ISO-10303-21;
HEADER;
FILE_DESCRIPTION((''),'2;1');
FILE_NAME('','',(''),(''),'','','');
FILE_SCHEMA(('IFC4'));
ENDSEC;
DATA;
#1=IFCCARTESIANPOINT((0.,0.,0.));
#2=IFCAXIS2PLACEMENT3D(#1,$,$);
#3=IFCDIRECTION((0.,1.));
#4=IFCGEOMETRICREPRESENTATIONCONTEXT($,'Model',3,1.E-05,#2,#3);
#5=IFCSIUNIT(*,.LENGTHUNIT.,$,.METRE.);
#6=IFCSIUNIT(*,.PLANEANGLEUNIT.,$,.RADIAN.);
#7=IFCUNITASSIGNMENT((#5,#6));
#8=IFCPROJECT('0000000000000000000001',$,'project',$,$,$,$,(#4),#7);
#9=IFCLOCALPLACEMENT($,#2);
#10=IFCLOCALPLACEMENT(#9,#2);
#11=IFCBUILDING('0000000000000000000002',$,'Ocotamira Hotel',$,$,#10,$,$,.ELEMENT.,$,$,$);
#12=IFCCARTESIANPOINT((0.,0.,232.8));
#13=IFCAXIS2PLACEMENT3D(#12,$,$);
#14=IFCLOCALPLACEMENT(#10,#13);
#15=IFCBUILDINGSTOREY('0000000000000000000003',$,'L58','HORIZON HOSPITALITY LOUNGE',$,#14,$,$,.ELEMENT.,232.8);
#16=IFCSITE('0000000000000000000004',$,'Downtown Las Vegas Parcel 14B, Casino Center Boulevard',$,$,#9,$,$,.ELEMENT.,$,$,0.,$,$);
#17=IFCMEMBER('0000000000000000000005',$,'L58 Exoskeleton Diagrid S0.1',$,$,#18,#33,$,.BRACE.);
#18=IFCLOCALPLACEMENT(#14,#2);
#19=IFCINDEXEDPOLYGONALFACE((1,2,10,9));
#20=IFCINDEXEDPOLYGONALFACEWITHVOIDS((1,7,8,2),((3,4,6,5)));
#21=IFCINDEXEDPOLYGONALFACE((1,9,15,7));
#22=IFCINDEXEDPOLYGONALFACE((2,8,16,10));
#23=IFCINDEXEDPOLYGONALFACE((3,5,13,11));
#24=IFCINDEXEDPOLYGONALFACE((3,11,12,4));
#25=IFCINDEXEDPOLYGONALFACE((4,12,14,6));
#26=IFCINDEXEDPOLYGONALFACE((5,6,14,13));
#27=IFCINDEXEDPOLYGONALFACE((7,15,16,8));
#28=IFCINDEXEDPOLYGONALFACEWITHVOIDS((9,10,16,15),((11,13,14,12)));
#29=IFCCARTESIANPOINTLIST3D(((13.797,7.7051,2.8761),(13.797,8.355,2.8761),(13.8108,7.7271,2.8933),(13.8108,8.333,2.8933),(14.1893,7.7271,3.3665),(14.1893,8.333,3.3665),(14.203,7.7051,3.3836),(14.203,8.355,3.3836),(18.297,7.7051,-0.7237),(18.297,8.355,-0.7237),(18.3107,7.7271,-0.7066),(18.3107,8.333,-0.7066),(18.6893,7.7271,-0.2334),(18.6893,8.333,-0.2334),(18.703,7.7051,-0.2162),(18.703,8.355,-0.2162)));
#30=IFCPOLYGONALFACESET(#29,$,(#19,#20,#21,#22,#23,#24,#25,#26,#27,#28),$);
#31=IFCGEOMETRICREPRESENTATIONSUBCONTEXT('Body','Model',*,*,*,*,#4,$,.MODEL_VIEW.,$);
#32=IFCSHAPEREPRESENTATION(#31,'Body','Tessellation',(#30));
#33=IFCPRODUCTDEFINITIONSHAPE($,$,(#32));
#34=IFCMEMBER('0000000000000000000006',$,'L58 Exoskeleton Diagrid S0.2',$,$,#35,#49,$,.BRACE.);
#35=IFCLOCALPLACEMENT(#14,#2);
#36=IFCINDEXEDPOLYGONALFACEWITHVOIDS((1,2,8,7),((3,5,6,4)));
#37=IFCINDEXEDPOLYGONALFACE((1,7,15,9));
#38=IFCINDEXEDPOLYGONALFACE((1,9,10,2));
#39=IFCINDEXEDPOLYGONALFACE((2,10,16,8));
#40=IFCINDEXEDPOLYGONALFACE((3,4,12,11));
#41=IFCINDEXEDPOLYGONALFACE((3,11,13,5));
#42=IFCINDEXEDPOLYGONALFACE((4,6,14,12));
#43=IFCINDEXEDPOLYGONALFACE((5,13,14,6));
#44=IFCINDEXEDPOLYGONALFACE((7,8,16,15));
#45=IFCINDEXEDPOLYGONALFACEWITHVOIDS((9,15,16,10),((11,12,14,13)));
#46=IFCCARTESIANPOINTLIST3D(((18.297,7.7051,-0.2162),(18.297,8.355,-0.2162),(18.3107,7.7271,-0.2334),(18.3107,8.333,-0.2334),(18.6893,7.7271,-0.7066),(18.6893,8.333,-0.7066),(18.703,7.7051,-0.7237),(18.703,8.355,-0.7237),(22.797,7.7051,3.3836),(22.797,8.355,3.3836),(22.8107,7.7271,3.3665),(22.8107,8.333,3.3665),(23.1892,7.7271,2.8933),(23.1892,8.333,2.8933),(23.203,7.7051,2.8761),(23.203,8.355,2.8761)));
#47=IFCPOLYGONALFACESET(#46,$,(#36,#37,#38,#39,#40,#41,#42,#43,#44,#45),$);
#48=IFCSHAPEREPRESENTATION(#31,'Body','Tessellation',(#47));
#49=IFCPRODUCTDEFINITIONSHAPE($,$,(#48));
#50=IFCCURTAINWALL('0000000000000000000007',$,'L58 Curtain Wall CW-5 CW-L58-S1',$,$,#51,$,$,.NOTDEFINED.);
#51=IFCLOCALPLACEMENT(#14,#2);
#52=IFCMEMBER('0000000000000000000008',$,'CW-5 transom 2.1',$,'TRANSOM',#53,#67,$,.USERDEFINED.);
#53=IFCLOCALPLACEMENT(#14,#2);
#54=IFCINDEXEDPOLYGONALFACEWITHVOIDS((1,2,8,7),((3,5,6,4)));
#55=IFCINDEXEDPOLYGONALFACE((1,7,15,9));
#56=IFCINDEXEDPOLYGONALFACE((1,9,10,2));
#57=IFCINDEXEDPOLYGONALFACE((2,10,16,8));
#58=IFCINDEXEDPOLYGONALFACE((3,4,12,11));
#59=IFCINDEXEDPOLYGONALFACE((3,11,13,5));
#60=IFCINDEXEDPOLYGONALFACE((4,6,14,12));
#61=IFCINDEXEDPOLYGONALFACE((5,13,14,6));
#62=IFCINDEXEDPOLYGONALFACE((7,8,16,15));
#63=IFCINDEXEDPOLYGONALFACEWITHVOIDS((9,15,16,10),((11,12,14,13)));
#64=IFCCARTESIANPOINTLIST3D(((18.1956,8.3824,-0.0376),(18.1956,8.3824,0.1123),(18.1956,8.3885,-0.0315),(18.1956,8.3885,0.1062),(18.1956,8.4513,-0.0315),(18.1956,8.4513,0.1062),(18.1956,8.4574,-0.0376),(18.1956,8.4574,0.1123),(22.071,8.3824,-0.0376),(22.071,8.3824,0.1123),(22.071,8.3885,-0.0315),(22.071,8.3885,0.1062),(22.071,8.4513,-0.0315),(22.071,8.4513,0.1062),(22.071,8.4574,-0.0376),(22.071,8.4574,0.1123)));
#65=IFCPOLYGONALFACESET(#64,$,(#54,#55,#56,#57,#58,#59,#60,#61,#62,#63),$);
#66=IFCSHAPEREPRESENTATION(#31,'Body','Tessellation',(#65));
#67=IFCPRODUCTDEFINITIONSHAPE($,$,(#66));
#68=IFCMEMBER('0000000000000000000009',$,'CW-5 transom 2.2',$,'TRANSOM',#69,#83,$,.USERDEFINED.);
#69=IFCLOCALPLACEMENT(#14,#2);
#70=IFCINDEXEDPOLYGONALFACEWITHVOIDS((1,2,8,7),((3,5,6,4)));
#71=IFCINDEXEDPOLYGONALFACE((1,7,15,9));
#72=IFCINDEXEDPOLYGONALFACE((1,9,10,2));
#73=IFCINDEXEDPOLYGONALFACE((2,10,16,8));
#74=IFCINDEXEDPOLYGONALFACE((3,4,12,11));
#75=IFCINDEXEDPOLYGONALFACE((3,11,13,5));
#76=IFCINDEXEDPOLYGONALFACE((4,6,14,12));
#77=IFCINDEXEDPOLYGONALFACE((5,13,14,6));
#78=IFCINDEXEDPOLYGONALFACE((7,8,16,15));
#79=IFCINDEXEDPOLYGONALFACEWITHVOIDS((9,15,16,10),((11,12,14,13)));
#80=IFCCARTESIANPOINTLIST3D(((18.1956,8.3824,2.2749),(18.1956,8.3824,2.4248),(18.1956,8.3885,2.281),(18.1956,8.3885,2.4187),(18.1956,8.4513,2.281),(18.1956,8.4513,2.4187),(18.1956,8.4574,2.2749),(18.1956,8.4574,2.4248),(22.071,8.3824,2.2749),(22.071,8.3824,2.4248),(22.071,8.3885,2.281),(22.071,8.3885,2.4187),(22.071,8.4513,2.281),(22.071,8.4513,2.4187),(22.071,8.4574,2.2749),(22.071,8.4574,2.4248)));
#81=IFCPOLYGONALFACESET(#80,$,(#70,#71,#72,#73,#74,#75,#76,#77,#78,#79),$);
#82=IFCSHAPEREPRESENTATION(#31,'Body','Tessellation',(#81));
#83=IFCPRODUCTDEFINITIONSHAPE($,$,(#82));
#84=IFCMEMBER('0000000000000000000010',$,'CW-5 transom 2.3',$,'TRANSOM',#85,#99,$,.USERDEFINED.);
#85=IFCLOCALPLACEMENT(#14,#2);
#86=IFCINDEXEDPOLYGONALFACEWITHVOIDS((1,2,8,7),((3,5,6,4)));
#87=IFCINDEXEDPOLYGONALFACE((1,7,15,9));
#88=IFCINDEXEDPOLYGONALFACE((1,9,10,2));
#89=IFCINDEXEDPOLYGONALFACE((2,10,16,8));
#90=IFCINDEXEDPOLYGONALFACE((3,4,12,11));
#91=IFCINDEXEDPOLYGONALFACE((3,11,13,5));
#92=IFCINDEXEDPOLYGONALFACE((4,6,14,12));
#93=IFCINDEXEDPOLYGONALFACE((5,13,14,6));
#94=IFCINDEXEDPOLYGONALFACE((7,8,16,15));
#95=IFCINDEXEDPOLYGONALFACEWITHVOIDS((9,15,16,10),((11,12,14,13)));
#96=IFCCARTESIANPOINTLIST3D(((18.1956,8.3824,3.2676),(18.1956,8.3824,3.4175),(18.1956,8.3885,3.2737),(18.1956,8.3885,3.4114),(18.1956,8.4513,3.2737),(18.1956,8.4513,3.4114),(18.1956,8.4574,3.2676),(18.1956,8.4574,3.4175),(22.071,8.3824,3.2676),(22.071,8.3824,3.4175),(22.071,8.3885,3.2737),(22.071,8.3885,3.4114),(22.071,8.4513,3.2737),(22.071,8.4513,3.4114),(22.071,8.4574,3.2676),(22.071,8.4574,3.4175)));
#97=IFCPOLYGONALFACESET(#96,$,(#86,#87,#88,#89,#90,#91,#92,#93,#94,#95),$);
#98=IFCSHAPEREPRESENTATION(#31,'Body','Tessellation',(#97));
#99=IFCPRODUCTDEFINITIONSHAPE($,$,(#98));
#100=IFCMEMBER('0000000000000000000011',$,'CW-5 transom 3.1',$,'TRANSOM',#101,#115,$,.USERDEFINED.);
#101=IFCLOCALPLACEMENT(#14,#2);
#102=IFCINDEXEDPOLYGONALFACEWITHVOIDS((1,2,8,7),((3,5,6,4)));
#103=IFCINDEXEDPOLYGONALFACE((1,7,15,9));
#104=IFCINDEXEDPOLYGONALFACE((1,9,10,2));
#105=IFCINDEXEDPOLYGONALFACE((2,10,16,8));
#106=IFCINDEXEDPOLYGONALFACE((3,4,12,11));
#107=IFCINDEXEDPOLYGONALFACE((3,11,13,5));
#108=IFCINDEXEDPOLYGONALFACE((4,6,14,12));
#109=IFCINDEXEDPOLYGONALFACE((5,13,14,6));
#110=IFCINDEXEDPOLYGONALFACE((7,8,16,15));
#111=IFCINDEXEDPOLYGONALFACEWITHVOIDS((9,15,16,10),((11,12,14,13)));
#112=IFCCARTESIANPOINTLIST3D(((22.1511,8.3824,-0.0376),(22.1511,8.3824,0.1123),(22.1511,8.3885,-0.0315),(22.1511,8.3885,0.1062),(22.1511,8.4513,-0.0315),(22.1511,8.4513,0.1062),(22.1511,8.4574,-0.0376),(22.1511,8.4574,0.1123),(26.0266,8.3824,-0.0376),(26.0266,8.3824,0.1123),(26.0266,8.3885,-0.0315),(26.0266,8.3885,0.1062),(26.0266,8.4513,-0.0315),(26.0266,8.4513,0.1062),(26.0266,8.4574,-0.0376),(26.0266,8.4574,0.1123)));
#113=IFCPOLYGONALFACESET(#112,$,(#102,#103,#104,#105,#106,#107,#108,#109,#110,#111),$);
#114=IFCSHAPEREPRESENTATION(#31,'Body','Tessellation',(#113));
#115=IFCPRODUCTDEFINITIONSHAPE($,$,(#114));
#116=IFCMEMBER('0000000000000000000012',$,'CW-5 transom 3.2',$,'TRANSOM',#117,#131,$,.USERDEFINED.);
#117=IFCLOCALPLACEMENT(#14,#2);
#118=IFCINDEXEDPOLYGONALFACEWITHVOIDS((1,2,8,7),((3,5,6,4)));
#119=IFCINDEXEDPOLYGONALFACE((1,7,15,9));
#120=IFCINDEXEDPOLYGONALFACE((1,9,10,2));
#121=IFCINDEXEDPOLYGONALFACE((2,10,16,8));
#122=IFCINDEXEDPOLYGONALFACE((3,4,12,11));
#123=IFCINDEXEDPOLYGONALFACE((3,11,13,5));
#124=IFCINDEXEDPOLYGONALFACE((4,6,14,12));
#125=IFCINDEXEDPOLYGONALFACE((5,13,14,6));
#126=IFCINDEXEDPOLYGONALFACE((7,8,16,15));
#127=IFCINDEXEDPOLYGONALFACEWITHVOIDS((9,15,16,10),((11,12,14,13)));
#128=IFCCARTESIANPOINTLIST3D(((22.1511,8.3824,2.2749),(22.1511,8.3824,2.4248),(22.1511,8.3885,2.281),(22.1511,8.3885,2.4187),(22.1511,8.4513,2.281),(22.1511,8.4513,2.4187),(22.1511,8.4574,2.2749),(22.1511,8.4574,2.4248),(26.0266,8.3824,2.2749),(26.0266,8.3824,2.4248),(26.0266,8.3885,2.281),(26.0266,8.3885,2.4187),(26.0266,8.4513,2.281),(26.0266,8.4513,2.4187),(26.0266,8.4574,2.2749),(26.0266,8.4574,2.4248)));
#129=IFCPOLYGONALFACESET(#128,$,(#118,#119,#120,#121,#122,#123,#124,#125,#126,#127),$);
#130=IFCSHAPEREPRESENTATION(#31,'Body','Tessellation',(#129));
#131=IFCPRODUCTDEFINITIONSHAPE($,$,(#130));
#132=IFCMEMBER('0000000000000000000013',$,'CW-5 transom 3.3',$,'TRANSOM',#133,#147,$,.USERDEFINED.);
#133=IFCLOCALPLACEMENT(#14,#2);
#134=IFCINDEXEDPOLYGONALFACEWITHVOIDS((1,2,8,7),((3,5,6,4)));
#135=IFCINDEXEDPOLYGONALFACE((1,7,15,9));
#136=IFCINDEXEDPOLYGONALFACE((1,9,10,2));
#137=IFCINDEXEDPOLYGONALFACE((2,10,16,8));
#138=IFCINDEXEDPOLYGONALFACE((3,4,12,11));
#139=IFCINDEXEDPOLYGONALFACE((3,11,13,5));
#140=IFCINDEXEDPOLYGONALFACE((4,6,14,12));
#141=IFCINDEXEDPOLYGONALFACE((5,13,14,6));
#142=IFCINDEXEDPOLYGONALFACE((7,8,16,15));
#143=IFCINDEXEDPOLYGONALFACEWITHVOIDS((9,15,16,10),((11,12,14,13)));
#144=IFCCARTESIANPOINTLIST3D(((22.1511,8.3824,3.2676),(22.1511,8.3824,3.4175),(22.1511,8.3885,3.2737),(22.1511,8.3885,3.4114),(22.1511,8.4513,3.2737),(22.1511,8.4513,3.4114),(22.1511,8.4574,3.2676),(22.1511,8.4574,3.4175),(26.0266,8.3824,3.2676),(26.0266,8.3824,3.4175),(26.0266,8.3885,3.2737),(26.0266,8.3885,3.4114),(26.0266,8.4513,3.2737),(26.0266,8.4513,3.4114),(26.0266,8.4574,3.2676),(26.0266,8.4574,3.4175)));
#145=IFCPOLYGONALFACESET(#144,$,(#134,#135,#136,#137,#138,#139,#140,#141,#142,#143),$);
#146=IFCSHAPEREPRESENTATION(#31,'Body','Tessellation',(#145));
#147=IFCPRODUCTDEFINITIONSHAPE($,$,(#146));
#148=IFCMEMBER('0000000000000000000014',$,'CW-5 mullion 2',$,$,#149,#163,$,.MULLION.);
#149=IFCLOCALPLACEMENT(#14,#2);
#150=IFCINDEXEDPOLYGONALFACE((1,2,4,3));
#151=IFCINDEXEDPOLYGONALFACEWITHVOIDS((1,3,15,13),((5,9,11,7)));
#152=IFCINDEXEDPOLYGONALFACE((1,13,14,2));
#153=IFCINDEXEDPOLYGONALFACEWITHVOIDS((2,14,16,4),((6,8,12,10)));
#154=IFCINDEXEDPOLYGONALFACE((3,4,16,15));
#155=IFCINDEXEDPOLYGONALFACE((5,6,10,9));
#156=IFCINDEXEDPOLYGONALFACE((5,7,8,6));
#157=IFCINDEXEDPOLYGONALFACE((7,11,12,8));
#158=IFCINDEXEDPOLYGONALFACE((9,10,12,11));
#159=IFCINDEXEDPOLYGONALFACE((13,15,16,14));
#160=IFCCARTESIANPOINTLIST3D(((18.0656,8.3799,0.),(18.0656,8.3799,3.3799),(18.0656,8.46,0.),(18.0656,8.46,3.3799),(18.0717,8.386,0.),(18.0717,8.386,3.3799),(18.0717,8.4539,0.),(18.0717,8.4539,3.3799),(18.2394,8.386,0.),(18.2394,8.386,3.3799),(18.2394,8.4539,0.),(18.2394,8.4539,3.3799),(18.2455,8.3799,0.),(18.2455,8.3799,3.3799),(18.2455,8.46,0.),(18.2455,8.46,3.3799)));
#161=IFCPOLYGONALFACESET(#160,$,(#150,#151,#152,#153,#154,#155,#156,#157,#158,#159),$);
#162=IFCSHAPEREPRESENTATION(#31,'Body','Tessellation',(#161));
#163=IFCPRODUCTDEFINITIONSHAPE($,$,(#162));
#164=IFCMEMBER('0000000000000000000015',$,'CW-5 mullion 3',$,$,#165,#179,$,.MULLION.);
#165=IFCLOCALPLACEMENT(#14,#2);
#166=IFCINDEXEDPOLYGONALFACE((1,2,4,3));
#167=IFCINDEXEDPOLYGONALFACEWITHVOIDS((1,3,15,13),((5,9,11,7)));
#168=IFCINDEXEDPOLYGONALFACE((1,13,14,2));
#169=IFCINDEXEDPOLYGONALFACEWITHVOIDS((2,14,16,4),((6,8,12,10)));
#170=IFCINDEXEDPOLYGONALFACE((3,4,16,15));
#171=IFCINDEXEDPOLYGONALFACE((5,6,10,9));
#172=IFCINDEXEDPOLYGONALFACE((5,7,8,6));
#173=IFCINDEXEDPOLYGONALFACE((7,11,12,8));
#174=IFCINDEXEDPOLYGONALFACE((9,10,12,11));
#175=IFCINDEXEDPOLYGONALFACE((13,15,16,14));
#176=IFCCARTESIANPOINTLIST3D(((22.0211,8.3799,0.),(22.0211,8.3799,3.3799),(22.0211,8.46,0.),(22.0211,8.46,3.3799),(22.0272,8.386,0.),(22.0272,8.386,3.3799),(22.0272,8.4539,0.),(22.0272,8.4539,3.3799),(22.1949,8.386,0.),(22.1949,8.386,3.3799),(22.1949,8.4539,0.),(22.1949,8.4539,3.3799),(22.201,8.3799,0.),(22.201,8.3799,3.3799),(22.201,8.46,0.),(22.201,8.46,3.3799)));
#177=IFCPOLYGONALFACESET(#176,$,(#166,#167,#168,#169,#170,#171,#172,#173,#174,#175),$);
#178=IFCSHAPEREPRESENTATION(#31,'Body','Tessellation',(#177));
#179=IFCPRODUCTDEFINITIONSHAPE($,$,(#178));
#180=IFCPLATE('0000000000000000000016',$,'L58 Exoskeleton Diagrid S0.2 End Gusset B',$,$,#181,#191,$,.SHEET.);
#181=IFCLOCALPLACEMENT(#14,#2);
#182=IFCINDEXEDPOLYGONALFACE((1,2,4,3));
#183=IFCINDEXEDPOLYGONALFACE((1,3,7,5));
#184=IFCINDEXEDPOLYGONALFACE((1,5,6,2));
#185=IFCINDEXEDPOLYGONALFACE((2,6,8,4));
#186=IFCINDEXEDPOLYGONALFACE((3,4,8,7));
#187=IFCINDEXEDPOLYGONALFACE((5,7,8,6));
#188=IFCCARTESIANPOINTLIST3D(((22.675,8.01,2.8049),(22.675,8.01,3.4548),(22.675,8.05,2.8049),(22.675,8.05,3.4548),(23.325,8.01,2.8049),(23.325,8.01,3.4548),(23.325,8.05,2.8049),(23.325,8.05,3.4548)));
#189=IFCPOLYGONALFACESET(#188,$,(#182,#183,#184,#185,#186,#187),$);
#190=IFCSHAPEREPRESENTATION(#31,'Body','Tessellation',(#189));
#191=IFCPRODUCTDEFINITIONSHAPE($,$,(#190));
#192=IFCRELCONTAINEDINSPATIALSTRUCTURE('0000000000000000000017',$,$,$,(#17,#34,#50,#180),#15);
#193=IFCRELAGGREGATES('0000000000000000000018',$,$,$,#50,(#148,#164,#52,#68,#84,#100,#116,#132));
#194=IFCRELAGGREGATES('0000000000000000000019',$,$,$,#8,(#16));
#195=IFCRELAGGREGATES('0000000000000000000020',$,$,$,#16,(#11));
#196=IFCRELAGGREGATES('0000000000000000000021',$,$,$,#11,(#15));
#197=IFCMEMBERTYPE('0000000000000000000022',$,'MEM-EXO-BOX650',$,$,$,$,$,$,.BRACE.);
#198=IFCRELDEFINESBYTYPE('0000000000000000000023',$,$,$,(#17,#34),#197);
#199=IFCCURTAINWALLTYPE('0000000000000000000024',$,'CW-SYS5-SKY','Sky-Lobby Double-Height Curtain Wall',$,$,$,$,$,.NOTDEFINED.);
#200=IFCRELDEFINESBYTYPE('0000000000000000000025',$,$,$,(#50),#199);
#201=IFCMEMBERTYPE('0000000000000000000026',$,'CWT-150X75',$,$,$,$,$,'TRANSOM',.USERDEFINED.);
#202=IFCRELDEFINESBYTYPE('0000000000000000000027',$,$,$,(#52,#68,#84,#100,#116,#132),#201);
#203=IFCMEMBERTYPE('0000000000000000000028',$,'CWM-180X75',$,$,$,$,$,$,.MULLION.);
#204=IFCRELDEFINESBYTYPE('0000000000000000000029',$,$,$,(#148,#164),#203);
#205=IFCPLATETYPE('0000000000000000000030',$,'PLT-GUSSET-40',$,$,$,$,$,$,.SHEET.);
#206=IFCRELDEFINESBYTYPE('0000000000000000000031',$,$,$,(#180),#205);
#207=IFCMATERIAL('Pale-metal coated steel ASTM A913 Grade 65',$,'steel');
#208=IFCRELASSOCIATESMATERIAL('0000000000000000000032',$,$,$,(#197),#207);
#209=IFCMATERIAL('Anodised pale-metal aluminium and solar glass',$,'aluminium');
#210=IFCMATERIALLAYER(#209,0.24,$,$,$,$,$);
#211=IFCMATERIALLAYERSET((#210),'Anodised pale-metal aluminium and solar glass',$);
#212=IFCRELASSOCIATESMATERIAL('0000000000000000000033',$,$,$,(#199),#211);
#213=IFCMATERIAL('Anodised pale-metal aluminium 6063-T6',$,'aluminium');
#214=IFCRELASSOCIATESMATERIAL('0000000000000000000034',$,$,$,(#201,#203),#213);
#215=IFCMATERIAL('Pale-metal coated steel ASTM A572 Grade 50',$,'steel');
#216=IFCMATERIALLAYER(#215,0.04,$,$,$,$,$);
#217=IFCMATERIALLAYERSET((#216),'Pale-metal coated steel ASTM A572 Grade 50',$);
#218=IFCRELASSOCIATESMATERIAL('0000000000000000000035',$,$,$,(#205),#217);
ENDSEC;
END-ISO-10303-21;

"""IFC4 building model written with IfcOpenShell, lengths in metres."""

from ifc_helpers import new_model, si_unit, direction, frame, origin, origin_2d, place, context, subcontext, project, spatial, rectangle, hollow_rectangle, extrude, source, transform, mapped, material, layer, layer_set, material_profile, profile_set, type_object, element, aggregate, save


model = new_model("IFC4")

# Units and contexts
model_context = context("Model", 3, precision=1e-05, world=origin(), true_north=direction((0.0, 1.0)))
body_context = subcontext(model_context, "Body", "Model", "MODEL_VIEW")
ifc_project = project(units=[si_unit("LENGTHUNIT", "METRE"), si_unit("PLANEANGLEUNIT", "RADIAN")], contexts=[model_context])

# Site, building, storey
site_placement = place(None, origin())
site = spatial("IfcSite", under=ifc_project, at=site_placement, Name="Downtown Las Vegas Parcel 14B, Casino Center Boulevard", CompositionType="ELEMENT", RefElevation=0.0)
building_placement = place(site_placement, origin())
building = spatial("IfcBuilding", under=site, at=building_placement, Name="Ocotamira Hotel", CompositionType="ELEMENT")
storey_placement = place(building_placement, frame((0.0, 0.0, 232.8)))
storey = spatial("IfcBuildingStorey", under=building, at=storey_placement, Name="L58", Description="HORIZON HOSPITALITY LOUNGE", CompositionType="ELEMENT", Elevation=232.8)

# Members
ifc_material_1 = material(Name="Pale-metal coated steel ASTM A913 Grade 65", Category="steel")
ifc_material_profile_1 = material_profile(ifc_material_1, hollow_rectangle(XDim=0.6499, YDim=0.6499, WallThickness=0.022, at=origin_2d()), Name="BOX650X650X22")
ifc_profile_set_1 = profile_set([ifc_material_profile_1], Name="Pale-metal coated steel ASTM A913 Grade 65")
member_type_1 = type_object("IfcMemberType", Name="MEM-EXO-BOX650", PredefinedType="BRACE", material=ifc_profile_set_1)
shared_shape_1 = source(origin(), body_context, "Body", "SweptSolid", [
    extrude(hollow_rectangle(XDim=0.6499, YDim=0.6499, WallThickness=0.022, at=origin_2d()), origin(), (0.0, 0.0, 1.0), 5.7627),
])
for number, where, z_axis, x_axis, name in (
    (1, (18.5, 8.03, -0.47), (-0.780881, 0.0, 0.62468), (0.0, -1.0, 0.0), "L58 Exoskeleton Diagrid S0.1"),
    (2, (18.5, 8.03, -0.47), (0.780881, 0.0, 0.62468), (0.0, 1.0, 0.0), "L58 Exoskeleton Diagrid S0.2"),
):
    element("IfcMember", number, at=place(storey_placement, frame(where, z_axis=z_axis, x_axis=x_axis)), inside=storey, type_object=member_type_1, Name=name, PredefinedType="BRACE", context=body_context, shape_type="MappedRepresentation", body=[
        mapped(shared_shape_1, transform((0.0, 0.0, 0.0), scale=1.0)),
    ])

# Curtain wall, members
ifc_material_2 = material(Name="Anodised pale-metal aluminium and solar glass", Category="aluminium")
ifc_layer_1 = layer(ifc_material_2, 0.24)
ifc_layer_set_1 = layer_set([ifc_layer_1], Name="Anodised pale-metal aluminium and solar glass")
curtain_wall_type = type_object("IfcCurtainWallType", Name="CW-SYS5-SKY", Description="Sky-Lobby Double-Height Curtain Wall", PredefinedType="NOTDEFINED", material=ifc_layer_set_1)
curtain_wall_placement = place(storey_placement, origin())
curtain_wall = element("IfcCurtainWall", 3, at=curtain_wall_placement, inside=storey, type_object=curtain_wall_type, Name="L58 Curtain Wall CW-5 CW-L58-S1", PredefinedType="NOTDEFINED")
ifc_material_3 = material(Name="Anodised pale-metal aluminium 6063-T6", Category="aluminium")
ifc_material_profile_2 = material_profile(ifc_material_3, hollow_rectangle(XDim=0.075, YDim=0.1499, WallThickness=0.0061, at=origin_2d()), Name="HSS150X75X6")
ifc_profile_set_2 = profile_set([ifc_material_profile_2], Name="Anodised pale-metal aluminium 6063-T6")
member_type_2 = type_object("IfcMemberType", Name="CWT-150X75", ElementType="TRANSOM", PredefinedType="USERDEFINED", material=ifc_profile_set_2)
shared_shape_2 = source(origin(), body_context, "Body", "SweptSolid", [
    extrude(hollow_rectangle(XDim=0.075, YDim=0.1499, WallThickness=0.0061, at=origin_2d()), origin(), (0.0, 0.0, 1.0), 3.8755),
])
member_1_placement = place(storey_placement, frame((18.1956, 8.4199, 0.0374), z_axis=(1.0, 0.0, 0.0), x_axis=(0.0, 1.0, 0.0)))
member_1 = element("IfcMember", 4, at=member_1_placement, type_object=member_type_2, Name="CW-5 transom 2.1", ObjectType="TRANSOM", PredefinedType="USERDEFINED", context=body_context, shape_type="MappedRepresentation", body=[
    mapped(shared_shape_2, transform((0.0, 0.0, 0.0), scale=1.0)),
])
member_2_placement = place(storey_placement, frame((18.1956, 8.4199, 2.3499), z_axis=(1.0, 0.0, 0.0), x_axis=(0.0, 1.0, 0.0)))
member_2 = element("IfcMember", 5, at=member_2_placement, type_object=member_type_2, Name="CW-5 transom 2.2", ObjectType="TRANSOM", PredefinedType="USERDEFINED", context=body_context, shape_type="MappedRepresentation", body=[
    mapped(shared_shape_2, transform((0.0, 0.0, 0.0), scale=1.0)),
])
member_3_placement = place(storey_placement, frame((18.1956, 8.4199, 3.3425), z_axis=(1.0, 0.0, 0.0), x_axis=(0.0, 1.0, 0.0)))
member_3 = element("IfcMember", 6, at=member_3_placement, type_object=member_type_2, Name="CW-5 transom 2.3", ObjectType="TRANSOM", PredefinedType="USERDEFINED", context=body_context, shape_type="MappedRepresentation", body=[
    mapped(shared_shape_2, transform((0.0, 0.0, 0.0), scale=1.0)),
])
member_4_placement = place(storey_placement, frame((22.1511, 8.4199, 0.0374), z_axis=(1.0, 0.0, 0.0), x_axis=(0.0, 1.0, 0.0)))
member_4 = element("IfcMember", 7, at=member_4_placement, type_object=member_type_2, Name="CW-5 transom 3.1", ObjectType="TRANSOM", PredefinedType="USERDEFINED", context=body_context, shape_type="MappedRepresentation", body=[
    mapped(shared_shape_2, transform((0.0, 0.0, 0.0), scale=1.0)),
])
member_5_placement = place(storey_placement, frame((22.1511, 8.4199, 2.3499), z_axis=(1.0, 0.0, 0.0), x_axis=(0.0, 1.0, 0.0)))
member_5 = element("IfcMember", 8, at=member_5_placement, type_object=member_type_2, Name="CW-5 transom 3.2", ObjectType="TRANSOM", PredefinedType="USERDEFINED", context=body_context, shape_type="MappedRepresentation", body=[
    mapped(shared_shape_2, transform((0.0, 0.0, 0.0), scale=1.0)),
])
member_6_placement = place(storey_placement, frame((22.1511, 8.4199, 3.3425), z_axis=(1.0, 0.0, 0.0), x_axis=(0.0, 1.0, 0.0)))
member_6 = element("IfcMember", 9, at=member_6_placement, type_object=member_type_2, Name="CW-5 transom 3.3", ObjectType="TRANSOM", PredefinedType="USERDEFINED", context=body_context, shape_type="MappedRepresentation", body=[
    mapped(shared_shape_2, transform((0.0, 0.0, 0.0), scale=1.0)),
])
ifc_material_profile_3 = material_profile(ifc_material_3, hollow_rectangle(XDim=0.0801, YDim=0.1799, WallThickness=0.0061, at=origin_2d()), Name="HSS180X80X6")
ifc_profile_set_3 = profile_set([ifc_material_profile_3], Name="Anodised pale-metal aluminium 6063-T6")
member_type_3 = type_object("IfcMemberType", Name="CWM-180X75", PredefinedType="MULLION", material=ifc_profile_set_3)
shared_shape_3 = source(origin(), body_context, "Body", "SweptSolid", [
    extrude(hollow_rectangle(XDim=0.0801, YDim=0.1799, WallThickness=0.0061, at=origin_2d()), origin(), (0.0, 0.0, 1.0), 3.3799),
])
member_7_placement = place(storey_placement, frame((18.1555, 8.4199, 0.0), z_axis=(0.0, 0.0, 1.0), x_axis=(0.0, 1.0, 0.0)))
member_7 = element("IfcMember", 10, at=member_7_placement, type_object=member_type_3, Name="CW-5 mullion 2", PredefinedType="MULLION", context=body_context, shape_type="MappedRepresentation", body=[
    mapped(shared_shape_3, transform((0.0, 0.0, 0.0), scale=1.0)),
])
member_8_placement = place(storey_placement, frame((22.1111, 8.4199, 0.0), z_axis=(0.0, 0.0, 1.0), x_axis=(0.0, 1.0, 0.0)))
member_8 = element("IfcMember", 11, at=member_8_placement, type_object=member_type_3, Name="CW-5 mullion 3", PredefinedType="MULLION", context=body_context, shape_type="MappedRepresentation", body=[
    mapped(shared_shape_3, transform((0.0, 0.0, 0.0), scale=1.0)),
])

# Plate
ifc_material_4 = material(Name="Pale-metal coated steel ASTM A572 Grade 50", Category="steel")
ifc_layer_2 = layer(ifc_material_4, 0.04)
ifc_layer_set_2 = layer_set([ifc_layer_2], Name="Pale-metal coated steel ASTM A572 Grade 50")
plate_type_1 = type_object("IfcPlateType", Name="PLT-GUSSET-40", PredefinedType="SHEET", material=ifc_layer_set_2)
shared_shape_4 = source(origin(), body_context, "Body", "SweptSolid", [
    extrude(rectangle(XDim=0.6499, YDim=0.04, at=origin_2d()), origin(), (0.0, 0.0, 1.0), 0.6499),
])
plate_1_placement = place(storey_placement, frame((23.0, 8.03, 2.8049), z_axis=(0.0, 0.0, 1.0), x_axis=(1.0, 0.0, 0.0)))
element("IfcPlate", 12, at=plate_1_placement, inside=storey, type_object=plate_type_1, Name="L58 Exoskeleton Diagrid S0.2 End Gusset B", PredefinedType="SHEET", context=body_context, shape_type="MappedRepresentation", body=[
    mapped(shared_shape_4, transform((0.0, 0.0, 0.0), scale=1.0)),
])
aggregate(curtain_wall, [member_7, member_8, member_1, member_2, member_3, member_4, member_5, member_6])

save(model, "model.ifc")
